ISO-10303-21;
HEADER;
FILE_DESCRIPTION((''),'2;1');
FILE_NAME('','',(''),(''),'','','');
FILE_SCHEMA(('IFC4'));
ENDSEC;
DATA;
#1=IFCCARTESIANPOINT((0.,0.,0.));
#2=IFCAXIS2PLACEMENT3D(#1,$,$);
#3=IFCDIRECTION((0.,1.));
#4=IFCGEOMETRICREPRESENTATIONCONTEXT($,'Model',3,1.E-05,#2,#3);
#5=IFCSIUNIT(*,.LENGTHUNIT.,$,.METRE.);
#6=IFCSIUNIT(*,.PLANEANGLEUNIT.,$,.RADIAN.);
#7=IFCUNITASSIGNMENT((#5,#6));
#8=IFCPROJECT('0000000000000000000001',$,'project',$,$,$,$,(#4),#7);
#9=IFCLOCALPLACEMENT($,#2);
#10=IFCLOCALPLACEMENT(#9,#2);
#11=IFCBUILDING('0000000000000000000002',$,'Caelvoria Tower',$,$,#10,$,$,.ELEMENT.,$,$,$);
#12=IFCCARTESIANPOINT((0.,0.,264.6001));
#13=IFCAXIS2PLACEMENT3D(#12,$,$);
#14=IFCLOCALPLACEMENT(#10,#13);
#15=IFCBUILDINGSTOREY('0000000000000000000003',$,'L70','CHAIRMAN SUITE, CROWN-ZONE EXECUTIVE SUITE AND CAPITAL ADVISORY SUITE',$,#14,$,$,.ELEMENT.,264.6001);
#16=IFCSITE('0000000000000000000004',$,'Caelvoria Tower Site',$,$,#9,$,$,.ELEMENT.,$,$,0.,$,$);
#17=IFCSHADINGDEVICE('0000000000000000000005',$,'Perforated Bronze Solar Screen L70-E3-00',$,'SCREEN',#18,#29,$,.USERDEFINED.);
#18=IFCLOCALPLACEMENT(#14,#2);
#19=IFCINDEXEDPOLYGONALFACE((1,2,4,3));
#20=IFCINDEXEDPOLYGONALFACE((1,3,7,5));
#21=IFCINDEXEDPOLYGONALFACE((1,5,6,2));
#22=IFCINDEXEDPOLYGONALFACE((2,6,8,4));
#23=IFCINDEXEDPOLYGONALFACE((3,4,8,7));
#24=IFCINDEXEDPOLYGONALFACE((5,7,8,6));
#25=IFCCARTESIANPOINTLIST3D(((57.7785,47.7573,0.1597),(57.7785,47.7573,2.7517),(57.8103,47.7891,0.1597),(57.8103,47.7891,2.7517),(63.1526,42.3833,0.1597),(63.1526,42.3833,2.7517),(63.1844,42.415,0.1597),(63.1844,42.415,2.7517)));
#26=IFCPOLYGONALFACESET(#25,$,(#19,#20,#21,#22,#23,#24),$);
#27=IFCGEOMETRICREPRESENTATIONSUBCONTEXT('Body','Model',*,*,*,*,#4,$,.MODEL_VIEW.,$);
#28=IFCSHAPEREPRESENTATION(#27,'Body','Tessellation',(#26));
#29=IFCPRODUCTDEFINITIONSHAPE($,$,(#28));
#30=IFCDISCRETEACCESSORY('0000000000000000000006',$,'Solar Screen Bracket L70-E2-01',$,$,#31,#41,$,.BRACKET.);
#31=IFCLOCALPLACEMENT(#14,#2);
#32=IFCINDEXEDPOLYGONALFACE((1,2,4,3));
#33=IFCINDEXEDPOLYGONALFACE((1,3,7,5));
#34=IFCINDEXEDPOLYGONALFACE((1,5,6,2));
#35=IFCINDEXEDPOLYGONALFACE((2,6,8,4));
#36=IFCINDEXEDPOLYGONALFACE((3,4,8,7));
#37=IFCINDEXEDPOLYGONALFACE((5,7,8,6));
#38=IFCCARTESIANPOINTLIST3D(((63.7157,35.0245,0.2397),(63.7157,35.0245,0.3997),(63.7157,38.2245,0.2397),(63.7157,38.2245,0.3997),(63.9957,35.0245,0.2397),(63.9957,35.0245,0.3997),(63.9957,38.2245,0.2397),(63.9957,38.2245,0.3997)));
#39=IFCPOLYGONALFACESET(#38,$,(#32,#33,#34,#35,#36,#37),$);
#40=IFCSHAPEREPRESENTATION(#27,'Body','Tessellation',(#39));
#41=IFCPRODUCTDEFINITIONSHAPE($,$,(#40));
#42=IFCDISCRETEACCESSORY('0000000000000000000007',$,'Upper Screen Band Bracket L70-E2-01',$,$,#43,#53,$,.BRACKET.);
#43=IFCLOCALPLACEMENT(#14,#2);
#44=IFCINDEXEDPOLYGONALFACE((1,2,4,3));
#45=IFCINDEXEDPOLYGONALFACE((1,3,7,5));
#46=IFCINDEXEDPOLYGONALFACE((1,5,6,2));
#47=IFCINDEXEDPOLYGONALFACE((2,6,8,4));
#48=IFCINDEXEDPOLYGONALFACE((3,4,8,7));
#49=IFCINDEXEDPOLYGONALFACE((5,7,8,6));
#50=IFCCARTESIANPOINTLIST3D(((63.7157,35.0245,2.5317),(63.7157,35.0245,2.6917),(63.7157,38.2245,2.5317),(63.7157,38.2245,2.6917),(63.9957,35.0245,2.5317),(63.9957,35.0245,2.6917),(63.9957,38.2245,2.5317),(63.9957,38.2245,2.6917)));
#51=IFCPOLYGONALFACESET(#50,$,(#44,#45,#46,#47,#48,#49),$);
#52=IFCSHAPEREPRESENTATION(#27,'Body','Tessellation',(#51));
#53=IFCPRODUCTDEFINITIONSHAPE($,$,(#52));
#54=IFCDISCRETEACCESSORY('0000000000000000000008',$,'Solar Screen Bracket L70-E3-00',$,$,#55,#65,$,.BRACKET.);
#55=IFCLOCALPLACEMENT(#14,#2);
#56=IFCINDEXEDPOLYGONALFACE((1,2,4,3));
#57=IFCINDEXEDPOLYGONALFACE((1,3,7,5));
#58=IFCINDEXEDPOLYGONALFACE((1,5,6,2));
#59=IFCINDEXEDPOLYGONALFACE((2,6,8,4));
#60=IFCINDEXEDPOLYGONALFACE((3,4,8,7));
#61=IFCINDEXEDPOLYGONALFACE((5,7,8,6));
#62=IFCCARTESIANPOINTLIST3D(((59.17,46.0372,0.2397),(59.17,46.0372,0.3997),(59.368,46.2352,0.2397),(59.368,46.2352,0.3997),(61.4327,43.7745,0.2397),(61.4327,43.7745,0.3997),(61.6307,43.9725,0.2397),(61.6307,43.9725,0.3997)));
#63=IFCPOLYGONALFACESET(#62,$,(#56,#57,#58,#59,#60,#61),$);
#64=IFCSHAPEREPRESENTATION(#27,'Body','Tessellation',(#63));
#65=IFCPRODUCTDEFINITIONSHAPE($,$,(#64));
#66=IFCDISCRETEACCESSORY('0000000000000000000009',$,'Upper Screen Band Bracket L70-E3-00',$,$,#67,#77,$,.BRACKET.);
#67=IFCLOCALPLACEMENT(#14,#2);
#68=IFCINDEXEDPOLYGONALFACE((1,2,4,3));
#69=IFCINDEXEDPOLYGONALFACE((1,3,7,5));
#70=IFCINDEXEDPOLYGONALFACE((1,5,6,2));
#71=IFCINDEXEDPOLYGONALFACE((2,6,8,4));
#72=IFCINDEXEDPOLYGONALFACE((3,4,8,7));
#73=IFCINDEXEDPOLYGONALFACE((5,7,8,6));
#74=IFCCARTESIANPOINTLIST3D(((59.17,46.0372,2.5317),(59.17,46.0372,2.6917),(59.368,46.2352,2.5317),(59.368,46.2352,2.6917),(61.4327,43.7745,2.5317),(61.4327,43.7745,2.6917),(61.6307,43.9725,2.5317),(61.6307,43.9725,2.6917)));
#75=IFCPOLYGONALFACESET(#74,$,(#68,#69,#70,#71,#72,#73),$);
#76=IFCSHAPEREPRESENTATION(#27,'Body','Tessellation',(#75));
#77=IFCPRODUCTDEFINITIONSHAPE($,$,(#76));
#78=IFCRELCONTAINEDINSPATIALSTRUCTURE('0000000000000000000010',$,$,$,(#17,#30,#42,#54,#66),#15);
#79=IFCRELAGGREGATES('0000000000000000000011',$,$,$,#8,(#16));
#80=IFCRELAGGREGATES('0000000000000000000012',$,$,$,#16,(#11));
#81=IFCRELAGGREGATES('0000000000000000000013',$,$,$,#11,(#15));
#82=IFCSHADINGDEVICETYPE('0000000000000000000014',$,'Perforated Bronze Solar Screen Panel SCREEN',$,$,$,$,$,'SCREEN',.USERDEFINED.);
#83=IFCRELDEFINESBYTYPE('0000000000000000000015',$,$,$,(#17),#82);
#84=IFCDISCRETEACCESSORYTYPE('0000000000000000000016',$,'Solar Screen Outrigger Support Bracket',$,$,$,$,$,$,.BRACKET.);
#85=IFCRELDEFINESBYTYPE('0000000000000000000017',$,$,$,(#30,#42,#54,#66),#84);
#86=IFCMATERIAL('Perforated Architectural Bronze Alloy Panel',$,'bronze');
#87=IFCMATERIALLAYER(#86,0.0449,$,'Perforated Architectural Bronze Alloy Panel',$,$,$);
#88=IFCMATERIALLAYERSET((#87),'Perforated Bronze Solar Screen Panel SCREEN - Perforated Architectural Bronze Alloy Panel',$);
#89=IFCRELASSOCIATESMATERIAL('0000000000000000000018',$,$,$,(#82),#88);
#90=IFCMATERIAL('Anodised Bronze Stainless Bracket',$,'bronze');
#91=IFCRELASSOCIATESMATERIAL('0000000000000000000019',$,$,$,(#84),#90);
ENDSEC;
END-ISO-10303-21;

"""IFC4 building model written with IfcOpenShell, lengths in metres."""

from ifc_helpers import new_model, si_unit, direction, frame, origin, origin_2d, place, context, subcontext, project, spatial, rectangle, extrude, material, layer, layer_set, type_object, element, save


model = new_model("IFC4")

# Units and contexts
model_context = context("Model", 3, precision=1e-05, world=origin(), true_north=direction((0.0, 1.0)))
body_context = subcontext(model_context, "Body", "Model", "MODEL_VIEW")
ifc_project = project(units=[si_unit("LENGTHUNIT", "METRE"), si_unit("PLANEANGLEUNIT", "RADIAN")], contexts=[model_context])

# Site, building, storey
site_placement = place(None, origin())
site = spatial("IfcSite", under=ifc_project, at=site_placement, Name="Caelvoria Tower Site", CompositionType="ELEMENT", RefElevation=0.0)
building_placement = place(site_placement, origin())
building = spatial("IfcBuilding", under=site, at=building_placement, Name="Caelvoria Tower", CompositionType="ELEMENT")
storey_placement = place(building_placement, frame((0.0, 0.0, 264.6001)))
storey = spatial("IfcBuildingStorey", under=building, at=storey_placement, Name="L70", Description="CHAIRMAN SUITE, CROWN-ZONE EXECUTIVE SUITE AND CAPITAL ADVISORY SUITE", CompositionType="ELEMENT", Elevation=264.6001)

# Shading device
ifc_material_1 = material(Name="Perforated Architectural Bronze Alloy Panel", Category="bronze")
ifc_layer_1 = layer(ifc_material_1, 0.0449, Name="Perforated Architectural Bronze Alloy Panel")
ifc_layer_set_1 = layer_set([ifc_layer_1], Name="Perforated Bronze Solar Screen Panel SCREEN - Perforated Architectural Bronze Alloy Panel")
shading_device_type = type_object("IfcShadingDeviceType", Name="Perforated Bronze Solar Screen Panel SCREEN", ElementType="SCREEN", PredefinedType="USERDEFINED", material=ifc_layer_set_1)
for number, where, z_axis, x_axis, name in (
    (1, (60.4814, 45.0862, 0.1597), (0.0, 0.0, 1.0), (-0.707107, 0.707107, 0.0), "Perforated Bronze Solar Screen L70-E3-00"),
):
    element("IfcShadingDevice", number, at=place(storey_placement, frame(where, z_axis=z_axis, x_axis=x_axis)), inside=storey, type_object=shading_device_type, Name=name, ObjectType="SCREEN", PredefinedType="USERDEFINED", context=body_context, shape_type="SweptSolid", body=[
        extrude(rectangle(XDim=7.6001, YDim=0.0449, at=origin_2d()), origin(), (0.0, 0.0, 1.0), 2.592),
    ])

# Discrete accessories
ifc_material_2 = material(Name="Anodised Bronze Stainless Bracket", Category="bronze")
discrete_accessory_type = type_object("IfcDiscreteAccessoryType", Name="Solar Screen Outrigger Support Bracket", PredefinedType="BRACKET", material=ifc_material_2)
for number, where, z_axis, x_axis, name in (
    (2, (63.8557, 36.6245, 0.2397), (0.0, 0.0, 1.0), (0.0, 1.0, 0.0), "Solar Screen Bracket L70-E2-01"),
    (3, (63.8557, 36.6245, 2.5317), (0.0, 0.0, 1.0), (0.0, 1.0, 0.0), "Upper Screen Band Bracket L70-E2-01"),
    (4, (60.4004, 45.0049, 0.2397), (0.0, 0.0, 1.0), (-0.707107, 0.707107, 0.0), "Solar Screen Bracket L70-E3-00"),
    (5, (60.4004, 45.0049, 2.5317), (0.0, 0.0, 1.0), (-0.707107, 0.707107, 0.0), "Upper Screen Band Bracket L70-E3-00"),
):
    element("IfcDiscreteAccessory", number, at=place(storey_placement, frame(where, z_axis=z_axis, x_axis=x_axis)), inside=storey, type_object=discrete_accessory_type, Name=name, PredefinedType="BRACKET", context=body_context, shape_type="SweptSolid", body=[
        extrude(rectangle(XDim=3.2, YDim=0.28, at=origin_2d()), origin(), (0.0, 0.0, 1.0), 0.1599),
    ])

save(model, "model.ifc")
